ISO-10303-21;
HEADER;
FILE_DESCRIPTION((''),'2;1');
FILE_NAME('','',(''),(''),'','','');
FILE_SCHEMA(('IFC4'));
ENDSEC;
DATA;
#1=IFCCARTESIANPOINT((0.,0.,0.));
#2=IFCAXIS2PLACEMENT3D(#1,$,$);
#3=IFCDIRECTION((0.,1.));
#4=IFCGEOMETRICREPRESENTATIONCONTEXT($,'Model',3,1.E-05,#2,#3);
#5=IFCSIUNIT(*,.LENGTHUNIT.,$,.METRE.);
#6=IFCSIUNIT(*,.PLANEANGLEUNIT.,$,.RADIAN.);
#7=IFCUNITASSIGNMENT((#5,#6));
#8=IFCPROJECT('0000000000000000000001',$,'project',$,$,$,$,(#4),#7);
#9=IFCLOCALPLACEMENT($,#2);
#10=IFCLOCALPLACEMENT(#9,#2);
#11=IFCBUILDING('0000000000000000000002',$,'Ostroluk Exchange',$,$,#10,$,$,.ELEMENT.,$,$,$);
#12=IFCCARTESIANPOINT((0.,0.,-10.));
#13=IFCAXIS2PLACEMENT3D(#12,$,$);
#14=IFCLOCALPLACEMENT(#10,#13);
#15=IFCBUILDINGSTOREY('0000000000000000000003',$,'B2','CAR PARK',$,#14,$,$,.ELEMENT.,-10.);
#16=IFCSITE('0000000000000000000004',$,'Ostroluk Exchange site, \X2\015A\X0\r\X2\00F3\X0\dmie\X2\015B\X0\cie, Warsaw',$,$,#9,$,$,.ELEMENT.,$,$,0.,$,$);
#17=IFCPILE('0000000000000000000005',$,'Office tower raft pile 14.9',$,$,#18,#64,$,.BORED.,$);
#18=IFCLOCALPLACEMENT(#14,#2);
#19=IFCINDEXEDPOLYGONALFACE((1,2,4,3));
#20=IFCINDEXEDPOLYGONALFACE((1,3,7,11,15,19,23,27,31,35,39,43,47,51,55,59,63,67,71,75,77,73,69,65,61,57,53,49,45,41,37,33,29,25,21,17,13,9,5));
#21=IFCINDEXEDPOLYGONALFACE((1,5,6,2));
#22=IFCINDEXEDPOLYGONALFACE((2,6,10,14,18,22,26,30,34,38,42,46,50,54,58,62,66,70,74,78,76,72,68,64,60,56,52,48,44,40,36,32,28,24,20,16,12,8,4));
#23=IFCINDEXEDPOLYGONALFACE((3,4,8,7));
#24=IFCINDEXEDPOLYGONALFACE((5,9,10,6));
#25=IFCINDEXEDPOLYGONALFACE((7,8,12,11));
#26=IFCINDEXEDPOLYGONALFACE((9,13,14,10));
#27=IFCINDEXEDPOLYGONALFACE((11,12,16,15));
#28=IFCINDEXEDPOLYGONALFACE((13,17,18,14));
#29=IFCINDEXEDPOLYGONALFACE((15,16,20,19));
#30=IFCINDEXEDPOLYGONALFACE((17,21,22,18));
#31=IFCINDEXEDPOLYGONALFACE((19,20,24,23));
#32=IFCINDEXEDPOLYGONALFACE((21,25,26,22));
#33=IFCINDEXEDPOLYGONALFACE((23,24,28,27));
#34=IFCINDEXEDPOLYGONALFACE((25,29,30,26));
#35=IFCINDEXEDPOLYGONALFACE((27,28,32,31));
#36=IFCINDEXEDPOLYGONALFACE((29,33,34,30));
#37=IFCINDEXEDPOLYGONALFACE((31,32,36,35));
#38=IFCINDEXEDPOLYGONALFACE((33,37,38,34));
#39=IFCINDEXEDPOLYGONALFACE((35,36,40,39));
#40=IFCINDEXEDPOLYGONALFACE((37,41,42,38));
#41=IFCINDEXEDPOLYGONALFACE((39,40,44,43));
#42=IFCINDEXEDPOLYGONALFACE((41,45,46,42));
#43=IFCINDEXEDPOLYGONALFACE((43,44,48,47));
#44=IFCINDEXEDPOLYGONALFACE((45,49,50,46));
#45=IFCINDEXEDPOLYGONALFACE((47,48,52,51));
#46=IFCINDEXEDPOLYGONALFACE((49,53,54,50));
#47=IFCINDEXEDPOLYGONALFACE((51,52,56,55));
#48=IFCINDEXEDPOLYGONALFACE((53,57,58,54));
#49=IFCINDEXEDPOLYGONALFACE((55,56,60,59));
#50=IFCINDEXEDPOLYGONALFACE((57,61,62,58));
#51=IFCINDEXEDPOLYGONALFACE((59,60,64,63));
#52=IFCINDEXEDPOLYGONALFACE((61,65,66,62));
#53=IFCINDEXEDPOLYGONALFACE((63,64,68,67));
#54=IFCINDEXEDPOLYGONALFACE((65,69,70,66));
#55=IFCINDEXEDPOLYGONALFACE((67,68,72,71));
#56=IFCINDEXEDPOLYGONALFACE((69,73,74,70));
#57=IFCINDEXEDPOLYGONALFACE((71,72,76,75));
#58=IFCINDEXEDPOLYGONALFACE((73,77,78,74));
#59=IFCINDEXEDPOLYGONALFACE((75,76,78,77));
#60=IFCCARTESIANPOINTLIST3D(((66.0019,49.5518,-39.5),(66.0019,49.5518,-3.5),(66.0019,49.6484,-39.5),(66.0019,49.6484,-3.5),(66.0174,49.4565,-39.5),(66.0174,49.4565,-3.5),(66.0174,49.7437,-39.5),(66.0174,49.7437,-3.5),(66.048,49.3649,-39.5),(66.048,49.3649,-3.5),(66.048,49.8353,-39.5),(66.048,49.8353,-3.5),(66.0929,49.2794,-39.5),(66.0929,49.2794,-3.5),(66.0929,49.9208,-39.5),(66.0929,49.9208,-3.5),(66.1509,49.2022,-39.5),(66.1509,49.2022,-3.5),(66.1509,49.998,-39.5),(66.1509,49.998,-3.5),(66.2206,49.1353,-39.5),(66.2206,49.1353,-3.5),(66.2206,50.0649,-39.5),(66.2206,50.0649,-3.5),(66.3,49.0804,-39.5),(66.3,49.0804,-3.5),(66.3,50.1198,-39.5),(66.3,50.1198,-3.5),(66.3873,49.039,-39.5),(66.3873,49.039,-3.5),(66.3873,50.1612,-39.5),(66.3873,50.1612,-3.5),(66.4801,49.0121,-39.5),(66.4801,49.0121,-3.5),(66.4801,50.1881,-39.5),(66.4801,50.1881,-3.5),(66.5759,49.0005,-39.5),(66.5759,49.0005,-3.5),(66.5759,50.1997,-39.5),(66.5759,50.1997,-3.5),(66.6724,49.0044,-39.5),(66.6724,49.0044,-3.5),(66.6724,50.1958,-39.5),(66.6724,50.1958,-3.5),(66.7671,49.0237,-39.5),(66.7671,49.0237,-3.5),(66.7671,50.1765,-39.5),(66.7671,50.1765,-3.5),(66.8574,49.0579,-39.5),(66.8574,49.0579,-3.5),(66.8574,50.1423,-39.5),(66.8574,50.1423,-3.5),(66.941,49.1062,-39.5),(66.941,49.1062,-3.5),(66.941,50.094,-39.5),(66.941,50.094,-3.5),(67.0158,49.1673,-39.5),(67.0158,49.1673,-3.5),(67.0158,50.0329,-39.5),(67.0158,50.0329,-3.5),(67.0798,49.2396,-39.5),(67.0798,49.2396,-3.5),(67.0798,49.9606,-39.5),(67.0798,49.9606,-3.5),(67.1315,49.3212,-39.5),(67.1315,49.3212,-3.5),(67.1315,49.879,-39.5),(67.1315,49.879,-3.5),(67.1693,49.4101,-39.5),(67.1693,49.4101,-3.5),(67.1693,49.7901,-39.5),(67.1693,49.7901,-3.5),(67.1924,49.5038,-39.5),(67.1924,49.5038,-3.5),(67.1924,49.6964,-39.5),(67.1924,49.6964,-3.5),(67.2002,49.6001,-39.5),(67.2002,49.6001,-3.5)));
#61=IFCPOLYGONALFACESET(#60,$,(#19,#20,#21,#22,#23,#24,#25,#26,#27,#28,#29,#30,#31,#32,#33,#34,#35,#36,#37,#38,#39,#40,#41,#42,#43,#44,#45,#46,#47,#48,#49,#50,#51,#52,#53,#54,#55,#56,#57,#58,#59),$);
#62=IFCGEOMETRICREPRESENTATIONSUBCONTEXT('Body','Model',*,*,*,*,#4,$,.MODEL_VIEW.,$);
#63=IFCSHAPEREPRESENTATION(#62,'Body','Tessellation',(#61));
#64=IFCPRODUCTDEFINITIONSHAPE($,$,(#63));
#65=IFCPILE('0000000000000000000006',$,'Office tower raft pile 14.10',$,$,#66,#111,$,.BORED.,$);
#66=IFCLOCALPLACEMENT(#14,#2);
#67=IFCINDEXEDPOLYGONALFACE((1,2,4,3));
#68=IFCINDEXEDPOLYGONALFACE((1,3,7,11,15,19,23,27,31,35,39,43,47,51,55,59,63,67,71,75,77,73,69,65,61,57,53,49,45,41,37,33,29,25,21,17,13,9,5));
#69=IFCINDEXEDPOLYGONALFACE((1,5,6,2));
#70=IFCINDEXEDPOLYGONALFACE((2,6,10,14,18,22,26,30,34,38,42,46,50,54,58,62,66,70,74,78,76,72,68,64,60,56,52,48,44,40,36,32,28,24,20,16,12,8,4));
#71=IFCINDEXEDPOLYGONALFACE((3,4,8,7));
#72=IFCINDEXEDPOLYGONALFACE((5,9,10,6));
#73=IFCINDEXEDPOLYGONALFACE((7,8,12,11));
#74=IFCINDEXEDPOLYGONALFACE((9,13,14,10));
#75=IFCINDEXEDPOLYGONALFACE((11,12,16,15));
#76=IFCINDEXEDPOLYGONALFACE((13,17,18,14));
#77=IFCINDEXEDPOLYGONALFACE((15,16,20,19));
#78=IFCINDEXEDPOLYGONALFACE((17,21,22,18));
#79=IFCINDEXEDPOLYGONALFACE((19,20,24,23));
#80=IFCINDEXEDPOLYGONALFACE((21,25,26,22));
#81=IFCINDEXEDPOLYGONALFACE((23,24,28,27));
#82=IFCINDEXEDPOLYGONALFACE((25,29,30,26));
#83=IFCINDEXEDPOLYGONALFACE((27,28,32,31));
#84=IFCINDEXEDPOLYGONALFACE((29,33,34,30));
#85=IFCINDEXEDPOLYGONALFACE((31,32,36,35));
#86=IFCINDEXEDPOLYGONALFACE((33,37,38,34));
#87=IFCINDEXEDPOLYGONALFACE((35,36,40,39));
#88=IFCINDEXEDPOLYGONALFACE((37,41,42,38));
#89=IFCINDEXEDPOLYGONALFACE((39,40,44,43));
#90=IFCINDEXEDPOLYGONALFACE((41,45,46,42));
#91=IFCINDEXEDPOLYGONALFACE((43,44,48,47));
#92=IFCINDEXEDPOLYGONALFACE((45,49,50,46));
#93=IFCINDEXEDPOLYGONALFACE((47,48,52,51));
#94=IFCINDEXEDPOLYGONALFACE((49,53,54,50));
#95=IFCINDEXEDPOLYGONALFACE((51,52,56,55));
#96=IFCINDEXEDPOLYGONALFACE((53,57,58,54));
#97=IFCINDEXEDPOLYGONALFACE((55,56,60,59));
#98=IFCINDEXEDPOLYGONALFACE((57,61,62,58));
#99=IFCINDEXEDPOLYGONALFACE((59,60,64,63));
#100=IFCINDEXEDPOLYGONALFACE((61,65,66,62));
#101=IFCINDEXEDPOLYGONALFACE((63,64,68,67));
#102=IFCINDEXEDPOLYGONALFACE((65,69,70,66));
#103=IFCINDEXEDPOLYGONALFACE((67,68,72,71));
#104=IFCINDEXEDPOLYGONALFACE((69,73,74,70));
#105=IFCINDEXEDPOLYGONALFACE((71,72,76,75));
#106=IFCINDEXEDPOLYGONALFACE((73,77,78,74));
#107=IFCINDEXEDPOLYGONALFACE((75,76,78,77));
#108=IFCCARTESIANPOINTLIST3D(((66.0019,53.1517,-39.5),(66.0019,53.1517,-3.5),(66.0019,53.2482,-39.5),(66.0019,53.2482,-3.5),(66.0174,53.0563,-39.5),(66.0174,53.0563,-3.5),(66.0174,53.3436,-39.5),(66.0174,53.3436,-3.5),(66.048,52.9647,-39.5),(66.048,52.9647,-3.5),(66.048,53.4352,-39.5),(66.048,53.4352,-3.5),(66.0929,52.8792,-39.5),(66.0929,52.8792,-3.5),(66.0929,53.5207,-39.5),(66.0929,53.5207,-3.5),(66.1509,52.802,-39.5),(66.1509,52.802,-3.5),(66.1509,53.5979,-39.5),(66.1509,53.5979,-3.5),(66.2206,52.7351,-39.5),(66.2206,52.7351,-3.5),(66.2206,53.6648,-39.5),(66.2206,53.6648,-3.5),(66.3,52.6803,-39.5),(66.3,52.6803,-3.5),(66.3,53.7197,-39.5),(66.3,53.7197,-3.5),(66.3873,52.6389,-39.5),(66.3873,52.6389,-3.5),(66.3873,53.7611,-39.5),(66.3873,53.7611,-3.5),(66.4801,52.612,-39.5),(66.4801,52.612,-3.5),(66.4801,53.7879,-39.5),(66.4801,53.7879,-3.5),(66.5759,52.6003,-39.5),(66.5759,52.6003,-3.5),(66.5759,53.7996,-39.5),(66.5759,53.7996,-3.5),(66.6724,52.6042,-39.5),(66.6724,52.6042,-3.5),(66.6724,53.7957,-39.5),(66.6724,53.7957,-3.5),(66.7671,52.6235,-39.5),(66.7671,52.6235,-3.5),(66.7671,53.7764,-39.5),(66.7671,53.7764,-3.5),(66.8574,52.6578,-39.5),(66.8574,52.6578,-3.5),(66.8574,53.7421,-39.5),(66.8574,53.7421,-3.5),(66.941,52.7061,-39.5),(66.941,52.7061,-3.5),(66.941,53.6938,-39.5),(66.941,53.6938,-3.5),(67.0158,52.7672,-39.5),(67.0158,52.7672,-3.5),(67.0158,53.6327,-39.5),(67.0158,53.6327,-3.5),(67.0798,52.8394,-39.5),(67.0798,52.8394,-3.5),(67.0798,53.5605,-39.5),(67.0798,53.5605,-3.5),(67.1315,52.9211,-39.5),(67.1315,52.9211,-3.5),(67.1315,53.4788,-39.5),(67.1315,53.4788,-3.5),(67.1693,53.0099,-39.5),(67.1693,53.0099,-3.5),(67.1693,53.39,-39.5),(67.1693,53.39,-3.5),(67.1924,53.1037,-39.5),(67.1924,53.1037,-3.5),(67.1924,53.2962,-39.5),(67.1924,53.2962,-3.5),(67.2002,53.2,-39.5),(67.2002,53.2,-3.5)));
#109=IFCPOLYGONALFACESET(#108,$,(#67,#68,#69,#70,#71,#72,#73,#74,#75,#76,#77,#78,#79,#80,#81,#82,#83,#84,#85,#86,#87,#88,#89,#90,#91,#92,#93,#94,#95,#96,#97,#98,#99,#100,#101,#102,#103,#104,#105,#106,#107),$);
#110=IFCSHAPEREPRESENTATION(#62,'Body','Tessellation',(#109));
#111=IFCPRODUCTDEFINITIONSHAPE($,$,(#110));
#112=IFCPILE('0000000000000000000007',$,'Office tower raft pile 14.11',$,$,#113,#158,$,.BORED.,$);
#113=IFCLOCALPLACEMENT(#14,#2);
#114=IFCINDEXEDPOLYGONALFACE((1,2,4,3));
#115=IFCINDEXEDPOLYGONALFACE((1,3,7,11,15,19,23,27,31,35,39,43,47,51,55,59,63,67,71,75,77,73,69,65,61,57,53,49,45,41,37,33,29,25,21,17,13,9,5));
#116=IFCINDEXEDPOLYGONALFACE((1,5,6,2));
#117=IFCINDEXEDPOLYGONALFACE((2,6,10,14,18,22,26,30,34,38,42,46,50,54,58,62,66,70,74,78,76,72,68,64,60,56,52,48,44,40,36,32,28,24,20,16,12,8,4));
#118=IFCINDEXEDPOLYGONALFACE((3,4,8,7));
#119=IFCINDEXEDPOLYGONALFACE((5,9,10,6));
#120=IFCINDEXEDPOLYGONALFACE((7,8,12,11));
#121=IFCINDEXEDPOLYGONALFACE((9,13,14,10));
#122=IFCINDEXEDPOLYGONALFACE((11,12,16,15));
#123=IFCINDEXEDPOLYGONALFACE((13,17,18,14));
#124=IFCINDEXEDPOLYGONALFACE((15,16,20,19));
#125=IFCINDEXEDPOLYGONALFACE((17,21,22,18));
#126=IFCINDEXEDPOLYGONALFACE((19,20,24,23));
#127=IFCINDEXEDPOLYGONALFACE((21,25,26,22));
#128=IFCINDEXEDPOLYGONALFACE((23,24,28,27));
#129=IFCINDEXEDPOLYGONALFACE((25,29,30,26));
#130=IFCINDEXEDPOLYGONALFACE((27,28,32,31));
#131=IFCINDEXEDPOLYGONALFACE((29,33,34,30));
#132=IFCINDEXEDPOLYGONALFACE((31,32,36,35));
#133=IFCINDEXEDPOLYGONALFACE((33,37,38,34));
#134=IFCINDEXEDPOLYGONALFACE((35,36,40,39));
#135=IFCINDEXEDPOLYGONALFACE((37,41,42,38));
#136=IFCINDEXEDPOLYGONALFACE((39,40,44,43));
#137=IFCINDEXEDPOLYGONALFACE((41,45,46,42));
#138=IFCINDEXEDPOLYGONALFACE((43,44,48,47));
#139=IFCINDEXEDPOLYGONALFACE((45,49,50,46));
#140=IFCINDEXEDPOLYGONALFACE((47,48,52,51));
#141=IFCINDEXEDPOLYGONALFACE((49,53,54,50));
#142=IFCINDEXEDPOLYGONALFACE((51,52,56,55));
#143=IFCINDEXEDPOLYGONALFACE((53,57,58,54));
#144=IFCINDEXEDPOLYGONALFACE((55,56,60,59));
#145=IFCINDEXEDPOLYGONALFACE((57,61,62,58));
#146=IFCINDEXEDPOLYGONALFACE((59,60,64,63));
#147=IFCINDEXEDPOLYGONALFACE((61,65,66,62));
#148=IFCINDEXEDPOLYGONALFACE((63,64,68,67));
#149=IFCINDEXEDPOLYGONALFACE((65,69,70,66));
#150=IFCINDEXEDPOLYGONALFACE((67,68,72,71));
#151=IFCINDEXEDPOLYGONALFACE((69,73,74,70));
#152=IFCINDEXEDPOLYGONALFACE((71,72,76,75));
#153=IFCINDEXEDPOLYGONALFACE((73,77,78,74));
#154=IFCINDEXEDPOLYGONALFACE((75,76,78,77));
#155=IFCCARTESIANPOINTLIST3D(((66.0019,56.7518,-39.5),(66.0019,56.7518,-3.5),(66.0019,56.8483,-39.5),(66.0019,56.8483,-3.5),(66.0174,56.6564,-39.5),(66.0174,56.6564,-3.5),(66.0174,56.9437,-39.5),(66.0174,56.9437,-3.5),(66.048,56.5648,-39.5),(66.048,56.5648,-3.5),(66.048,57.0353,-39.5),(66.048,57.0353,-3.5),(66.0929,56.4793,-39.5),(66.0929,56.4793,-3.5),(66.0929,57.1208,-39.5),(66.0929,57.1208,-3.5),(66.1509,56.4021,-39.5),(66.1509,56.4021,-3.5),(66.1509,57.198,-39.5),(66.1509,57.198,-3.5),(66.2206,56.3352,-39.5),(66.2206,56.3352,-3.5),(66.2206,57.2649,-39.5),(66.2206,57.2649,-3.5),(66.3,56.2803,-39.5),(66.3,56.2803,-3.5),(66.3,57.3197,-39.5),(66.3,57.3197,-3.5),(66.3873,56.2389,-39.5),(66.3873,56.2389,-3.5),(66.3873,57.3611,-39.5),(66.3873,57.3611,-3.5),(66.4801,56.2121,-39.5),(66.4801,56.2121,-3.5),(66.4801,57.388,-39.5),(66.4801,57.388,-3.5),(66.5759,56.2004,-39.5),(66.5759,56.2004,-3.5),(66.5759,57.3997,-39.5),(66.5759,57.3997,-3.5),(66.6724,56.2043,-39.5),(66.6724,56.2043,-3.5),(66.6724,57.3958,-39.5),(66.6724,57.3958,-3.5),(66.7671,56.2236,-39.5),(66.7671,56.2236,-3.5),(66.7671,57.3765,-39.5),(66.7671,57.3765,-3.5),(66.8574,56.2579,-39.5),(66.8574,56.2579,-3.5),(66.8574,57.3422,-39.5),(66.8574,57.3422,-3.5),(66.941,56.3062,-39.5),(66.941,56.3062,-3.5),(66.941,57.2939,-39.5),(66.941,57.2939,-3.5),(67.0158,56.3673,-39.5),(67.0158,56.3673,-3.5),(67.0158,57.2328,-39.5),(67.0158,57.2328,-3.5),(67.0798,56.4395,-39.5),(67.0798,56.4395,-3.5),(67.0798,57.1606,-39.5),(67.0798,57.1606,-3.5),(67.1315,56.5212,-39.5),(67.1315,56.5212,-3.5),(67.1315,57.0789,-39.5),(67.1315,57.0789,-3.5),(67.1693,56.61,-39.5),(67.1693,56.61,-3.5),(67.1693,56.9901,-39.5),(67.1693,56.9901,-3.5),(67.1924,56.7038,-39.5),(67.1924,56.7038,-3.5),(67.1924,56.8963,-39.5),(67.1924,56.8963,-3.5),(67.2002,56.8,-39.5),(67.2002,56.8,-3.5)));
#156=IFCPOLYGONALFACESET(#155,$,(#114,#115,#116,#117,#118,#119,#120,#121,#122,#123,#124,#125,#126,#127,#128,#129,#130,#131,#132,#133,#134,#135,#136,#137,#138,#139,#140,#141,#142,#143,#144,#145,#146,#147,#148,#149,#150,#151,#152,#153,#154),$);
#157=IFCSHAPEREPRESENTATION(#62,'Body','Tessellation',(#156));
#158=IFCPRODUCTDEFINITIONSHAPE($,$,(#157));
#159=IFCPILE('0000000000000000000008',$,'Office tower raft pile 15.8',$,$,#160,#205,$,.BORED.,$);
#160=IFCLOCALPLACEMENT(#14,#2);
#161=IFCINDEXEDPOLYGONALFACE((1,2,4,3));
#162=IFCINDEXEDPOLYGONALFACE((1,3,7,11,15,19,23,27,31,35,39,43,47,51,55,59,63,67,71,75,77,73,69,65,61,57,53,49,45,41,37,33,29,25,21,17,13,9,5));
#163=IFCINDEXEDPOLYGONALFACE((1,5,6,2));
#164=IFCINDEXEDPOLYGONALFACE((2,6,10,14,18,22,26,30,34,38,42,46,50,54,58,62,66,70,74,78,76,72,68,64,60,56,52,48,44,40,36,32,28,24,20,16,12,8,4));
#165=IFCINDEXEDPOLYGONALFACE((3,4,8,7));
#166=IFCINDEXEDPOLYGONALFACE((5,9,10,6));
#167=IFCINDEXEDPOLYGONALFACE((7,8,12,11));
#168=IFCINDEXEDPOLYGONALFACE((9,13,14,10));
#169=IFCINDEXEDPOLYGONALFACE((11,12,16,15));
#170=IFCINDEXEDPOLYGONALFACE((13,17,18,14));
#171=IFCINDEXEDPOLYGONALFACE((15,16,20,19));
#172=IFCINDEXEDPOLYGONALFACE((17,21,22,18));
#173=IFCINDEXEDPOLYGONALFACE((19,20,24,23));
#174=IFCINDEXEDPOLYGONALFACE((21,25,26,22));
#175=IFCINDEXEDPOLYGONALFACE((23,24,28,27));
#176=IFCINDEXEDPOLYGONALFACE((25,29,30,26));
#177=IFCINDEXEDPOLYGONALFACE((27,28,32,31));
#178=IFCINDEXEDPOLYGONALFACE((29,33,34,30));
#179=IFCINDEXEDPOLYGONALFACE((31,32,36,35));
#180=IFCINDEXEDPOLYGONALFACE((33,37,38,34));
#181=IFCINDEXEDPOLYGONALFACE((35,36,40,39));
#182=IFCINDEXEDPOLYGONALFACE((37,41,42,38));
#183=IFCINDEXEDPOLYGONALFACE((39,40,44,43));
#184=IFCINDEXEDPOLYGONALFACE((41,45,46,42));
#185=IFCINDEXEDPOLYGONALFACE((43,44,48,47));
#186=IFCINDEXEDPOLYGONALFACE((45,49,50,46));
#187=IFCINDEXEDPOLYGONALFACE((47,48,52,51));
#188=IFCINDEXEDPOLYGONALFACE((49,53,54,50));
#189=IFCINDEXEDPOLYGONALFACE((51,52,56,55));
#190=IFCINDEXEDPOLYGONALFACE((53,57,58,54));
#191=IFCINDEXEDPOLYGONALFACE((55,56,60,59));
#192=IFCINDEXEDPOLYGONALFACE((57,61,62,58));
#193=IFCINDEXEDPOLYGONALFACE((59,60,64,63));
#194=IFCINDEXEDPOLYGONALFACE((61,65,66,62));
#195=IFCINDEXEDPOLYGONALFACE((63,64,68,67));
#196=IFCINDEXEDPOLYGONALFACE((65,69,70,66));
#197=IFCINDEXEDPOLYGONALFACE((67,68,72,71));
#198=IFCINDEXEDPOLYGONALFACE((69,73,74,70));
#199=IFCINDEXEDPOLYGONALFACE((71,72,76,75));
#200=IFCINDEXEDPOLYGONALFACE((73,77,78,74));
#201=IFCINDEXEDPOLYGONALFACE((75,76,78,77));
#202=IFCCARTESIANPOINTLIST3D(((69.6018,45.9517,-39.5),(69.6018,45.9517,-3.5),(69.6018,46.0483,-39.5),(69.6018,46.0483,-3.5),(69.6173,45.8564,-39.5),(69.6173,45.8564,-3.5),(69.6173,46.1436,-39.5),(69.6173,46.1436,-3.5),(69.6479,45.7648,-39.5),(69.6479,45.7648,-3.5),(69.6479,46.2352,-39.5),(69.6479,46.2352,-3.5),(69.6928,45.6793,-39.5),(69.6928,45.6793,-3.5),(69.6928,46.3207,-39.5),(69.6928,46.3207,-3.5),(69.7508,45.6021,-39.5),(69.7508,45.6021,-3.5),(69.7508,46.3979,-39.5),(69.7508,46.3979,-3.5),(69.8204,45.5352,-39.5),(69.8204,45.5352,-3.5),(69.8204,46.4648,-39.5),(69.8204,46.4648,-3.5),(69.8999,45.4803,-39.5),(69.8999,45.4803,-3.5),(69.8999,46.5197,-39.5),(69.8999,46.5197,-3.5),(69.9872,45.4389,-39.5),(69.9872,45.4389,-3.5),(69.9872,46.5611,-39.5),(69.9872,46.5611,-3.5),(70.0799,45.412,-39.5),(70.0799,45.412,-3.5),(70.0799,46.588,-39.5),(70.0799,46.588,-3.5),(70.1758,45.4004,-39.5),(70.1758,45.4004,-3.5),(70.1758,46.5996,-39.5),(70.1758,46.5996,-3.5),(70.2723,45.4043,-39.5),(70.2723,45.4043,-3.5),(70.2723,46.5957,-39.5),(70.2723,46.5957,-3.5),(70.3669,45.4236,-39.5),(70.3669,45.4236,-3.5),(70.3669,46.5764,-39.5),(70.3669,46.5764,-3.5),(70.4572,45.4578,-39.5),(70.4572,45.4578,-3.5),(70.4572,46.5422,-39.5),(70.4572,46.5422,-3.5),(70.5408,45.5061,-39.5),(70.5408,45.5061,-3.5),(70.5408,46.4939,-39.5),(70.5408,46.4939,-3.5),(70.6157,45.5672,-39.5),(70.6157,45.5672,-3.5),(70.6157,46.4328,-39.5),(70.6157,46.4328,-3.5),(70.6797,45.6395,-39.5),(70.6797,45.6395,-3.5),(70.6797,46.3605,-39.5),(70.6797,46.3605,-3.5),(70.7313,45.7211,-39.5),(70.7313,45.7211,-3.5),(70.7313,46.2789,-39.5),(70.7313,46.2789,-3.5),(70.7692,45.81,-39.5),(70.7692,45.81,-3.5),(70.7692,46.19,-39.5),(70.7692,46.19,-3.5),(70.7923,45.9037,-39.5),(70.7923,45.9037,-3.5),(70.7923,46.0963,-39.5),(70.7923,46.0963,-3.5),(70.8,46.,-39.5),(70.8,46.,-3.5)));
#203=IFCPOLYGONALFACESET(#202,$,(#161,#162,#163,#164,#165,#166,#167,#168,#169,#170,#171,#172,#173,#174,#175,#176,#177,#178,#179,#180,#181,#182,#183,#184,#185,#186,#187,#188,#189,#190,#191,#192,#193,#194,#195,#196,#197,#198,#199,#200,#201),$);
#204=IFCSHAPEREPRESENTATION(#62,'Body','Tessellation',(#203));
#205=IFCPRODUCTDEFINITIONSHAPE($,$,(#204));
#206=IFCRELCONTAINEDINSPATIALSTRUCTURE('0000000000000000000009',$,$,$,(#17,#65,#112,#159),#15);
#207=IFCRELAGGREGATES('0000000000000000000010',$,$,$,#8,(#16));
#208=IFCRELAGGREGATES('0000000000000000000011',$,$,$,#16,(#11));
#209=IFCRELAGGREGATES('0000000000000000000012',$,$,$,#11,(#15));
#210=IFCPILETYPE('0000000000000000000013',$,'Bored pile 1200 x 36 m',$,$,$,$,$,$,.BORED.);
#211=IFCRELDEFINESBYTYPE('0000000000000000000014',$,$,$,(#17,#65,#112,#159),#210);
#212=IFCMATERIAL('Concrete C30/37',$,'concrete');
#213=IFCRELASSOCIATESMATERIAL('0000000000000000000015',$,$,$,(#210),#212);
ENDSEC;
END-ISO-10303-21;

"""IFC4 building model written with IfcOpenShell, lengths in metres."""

from ifc_helpers import new_model, si_unit, direction, frame, origin, origin_2d, place, context, subcontext, project, spatial, circle, extrude, material, type_object, element, save


model = new_model("IFC4")

# Units and contexts
model_context = context("Model", 3, precision=1e-05, world=origin(), true_north=direction((0.0, 1.0)))
body_context = subcontext(model_context, "Body", "Model", "MODEL_VIEW")
ifc_project = project(units=[si_unit("LENGTHUNIT", "METRE"), si_unit("PLANEANGLEUNIT", "RADIAN")], contexts=[model_context])

# Site, building, storey
site_placement = place(None, origin())
site = spatial("IfcSite", under=ifc_project, at=site_placement, Name="Ostroluk Exchange site, Śródmieście, Warsaw", CompositionType="ELEMENT", RefElevation=0.0)
building_placement = place(site_placement, origin())
building = spatial("IfcBuilding", under=site, at=building_placement, Name="Ostroluk Exchange", CompositionType="ELEMENT")
storey_placement = place(building_placement, frame((0.0, 0.0, -10.0)))
storey = spatial("IfcBuildingStorey", under=building, at=storey_placement, Name="B2", Description="CAR PARK", CompositionType="ELEMENT", Elevation=-10.0)

# Piles
ifc_material_1 = material(Name="Concrete C30/37", Category="concrete")
pile_type_1 = type_object("IfcPileType", Name="Bored pile 1200 x 36 m", PredefinedType="BORED", material=ifc_material_1)
for number, where, z_axis, x_axis, name in (
    (1, (66.6001, 49.6001, -3.5), (0.0, 0.0, -1.0), (1.0, 0.0, 0.0), "Office tower raft pile 14.9"),
    (2, (66.6001, 53.2, -3.5), (0.0, 0.0, -1.0), (1.0, 0.0, 0.0), "Office tower raft pile 14.10"),
    (3, (66.6001, 56.8, -3.5), (0.0, 0.0, -1.0), (1.0, 0.0, 0.0), "Office tower raft pile 14.11"),
    (4, (70.2, 46.0, -3.5), (0.0, 0.0, -1.0), (1.0, 0.0, 0.0), "Office tower raft pile 15.8"),
):
    element("IfcPile", number, at=place(storey_placement, frame(where, z_axis=z_axis, x_axis=x_axis)), inside=storey, type_object=pile_type_1, Name=name, PredefinedType="BORED", context=body_context, shape_type="SweptSolid", body=[
        extrude(circle(Radius=0.6001, at=origin_2d()), origin(), (0.0, 0.0, 1.0), 36.0),
    ])

save(model, "model.ifc")
